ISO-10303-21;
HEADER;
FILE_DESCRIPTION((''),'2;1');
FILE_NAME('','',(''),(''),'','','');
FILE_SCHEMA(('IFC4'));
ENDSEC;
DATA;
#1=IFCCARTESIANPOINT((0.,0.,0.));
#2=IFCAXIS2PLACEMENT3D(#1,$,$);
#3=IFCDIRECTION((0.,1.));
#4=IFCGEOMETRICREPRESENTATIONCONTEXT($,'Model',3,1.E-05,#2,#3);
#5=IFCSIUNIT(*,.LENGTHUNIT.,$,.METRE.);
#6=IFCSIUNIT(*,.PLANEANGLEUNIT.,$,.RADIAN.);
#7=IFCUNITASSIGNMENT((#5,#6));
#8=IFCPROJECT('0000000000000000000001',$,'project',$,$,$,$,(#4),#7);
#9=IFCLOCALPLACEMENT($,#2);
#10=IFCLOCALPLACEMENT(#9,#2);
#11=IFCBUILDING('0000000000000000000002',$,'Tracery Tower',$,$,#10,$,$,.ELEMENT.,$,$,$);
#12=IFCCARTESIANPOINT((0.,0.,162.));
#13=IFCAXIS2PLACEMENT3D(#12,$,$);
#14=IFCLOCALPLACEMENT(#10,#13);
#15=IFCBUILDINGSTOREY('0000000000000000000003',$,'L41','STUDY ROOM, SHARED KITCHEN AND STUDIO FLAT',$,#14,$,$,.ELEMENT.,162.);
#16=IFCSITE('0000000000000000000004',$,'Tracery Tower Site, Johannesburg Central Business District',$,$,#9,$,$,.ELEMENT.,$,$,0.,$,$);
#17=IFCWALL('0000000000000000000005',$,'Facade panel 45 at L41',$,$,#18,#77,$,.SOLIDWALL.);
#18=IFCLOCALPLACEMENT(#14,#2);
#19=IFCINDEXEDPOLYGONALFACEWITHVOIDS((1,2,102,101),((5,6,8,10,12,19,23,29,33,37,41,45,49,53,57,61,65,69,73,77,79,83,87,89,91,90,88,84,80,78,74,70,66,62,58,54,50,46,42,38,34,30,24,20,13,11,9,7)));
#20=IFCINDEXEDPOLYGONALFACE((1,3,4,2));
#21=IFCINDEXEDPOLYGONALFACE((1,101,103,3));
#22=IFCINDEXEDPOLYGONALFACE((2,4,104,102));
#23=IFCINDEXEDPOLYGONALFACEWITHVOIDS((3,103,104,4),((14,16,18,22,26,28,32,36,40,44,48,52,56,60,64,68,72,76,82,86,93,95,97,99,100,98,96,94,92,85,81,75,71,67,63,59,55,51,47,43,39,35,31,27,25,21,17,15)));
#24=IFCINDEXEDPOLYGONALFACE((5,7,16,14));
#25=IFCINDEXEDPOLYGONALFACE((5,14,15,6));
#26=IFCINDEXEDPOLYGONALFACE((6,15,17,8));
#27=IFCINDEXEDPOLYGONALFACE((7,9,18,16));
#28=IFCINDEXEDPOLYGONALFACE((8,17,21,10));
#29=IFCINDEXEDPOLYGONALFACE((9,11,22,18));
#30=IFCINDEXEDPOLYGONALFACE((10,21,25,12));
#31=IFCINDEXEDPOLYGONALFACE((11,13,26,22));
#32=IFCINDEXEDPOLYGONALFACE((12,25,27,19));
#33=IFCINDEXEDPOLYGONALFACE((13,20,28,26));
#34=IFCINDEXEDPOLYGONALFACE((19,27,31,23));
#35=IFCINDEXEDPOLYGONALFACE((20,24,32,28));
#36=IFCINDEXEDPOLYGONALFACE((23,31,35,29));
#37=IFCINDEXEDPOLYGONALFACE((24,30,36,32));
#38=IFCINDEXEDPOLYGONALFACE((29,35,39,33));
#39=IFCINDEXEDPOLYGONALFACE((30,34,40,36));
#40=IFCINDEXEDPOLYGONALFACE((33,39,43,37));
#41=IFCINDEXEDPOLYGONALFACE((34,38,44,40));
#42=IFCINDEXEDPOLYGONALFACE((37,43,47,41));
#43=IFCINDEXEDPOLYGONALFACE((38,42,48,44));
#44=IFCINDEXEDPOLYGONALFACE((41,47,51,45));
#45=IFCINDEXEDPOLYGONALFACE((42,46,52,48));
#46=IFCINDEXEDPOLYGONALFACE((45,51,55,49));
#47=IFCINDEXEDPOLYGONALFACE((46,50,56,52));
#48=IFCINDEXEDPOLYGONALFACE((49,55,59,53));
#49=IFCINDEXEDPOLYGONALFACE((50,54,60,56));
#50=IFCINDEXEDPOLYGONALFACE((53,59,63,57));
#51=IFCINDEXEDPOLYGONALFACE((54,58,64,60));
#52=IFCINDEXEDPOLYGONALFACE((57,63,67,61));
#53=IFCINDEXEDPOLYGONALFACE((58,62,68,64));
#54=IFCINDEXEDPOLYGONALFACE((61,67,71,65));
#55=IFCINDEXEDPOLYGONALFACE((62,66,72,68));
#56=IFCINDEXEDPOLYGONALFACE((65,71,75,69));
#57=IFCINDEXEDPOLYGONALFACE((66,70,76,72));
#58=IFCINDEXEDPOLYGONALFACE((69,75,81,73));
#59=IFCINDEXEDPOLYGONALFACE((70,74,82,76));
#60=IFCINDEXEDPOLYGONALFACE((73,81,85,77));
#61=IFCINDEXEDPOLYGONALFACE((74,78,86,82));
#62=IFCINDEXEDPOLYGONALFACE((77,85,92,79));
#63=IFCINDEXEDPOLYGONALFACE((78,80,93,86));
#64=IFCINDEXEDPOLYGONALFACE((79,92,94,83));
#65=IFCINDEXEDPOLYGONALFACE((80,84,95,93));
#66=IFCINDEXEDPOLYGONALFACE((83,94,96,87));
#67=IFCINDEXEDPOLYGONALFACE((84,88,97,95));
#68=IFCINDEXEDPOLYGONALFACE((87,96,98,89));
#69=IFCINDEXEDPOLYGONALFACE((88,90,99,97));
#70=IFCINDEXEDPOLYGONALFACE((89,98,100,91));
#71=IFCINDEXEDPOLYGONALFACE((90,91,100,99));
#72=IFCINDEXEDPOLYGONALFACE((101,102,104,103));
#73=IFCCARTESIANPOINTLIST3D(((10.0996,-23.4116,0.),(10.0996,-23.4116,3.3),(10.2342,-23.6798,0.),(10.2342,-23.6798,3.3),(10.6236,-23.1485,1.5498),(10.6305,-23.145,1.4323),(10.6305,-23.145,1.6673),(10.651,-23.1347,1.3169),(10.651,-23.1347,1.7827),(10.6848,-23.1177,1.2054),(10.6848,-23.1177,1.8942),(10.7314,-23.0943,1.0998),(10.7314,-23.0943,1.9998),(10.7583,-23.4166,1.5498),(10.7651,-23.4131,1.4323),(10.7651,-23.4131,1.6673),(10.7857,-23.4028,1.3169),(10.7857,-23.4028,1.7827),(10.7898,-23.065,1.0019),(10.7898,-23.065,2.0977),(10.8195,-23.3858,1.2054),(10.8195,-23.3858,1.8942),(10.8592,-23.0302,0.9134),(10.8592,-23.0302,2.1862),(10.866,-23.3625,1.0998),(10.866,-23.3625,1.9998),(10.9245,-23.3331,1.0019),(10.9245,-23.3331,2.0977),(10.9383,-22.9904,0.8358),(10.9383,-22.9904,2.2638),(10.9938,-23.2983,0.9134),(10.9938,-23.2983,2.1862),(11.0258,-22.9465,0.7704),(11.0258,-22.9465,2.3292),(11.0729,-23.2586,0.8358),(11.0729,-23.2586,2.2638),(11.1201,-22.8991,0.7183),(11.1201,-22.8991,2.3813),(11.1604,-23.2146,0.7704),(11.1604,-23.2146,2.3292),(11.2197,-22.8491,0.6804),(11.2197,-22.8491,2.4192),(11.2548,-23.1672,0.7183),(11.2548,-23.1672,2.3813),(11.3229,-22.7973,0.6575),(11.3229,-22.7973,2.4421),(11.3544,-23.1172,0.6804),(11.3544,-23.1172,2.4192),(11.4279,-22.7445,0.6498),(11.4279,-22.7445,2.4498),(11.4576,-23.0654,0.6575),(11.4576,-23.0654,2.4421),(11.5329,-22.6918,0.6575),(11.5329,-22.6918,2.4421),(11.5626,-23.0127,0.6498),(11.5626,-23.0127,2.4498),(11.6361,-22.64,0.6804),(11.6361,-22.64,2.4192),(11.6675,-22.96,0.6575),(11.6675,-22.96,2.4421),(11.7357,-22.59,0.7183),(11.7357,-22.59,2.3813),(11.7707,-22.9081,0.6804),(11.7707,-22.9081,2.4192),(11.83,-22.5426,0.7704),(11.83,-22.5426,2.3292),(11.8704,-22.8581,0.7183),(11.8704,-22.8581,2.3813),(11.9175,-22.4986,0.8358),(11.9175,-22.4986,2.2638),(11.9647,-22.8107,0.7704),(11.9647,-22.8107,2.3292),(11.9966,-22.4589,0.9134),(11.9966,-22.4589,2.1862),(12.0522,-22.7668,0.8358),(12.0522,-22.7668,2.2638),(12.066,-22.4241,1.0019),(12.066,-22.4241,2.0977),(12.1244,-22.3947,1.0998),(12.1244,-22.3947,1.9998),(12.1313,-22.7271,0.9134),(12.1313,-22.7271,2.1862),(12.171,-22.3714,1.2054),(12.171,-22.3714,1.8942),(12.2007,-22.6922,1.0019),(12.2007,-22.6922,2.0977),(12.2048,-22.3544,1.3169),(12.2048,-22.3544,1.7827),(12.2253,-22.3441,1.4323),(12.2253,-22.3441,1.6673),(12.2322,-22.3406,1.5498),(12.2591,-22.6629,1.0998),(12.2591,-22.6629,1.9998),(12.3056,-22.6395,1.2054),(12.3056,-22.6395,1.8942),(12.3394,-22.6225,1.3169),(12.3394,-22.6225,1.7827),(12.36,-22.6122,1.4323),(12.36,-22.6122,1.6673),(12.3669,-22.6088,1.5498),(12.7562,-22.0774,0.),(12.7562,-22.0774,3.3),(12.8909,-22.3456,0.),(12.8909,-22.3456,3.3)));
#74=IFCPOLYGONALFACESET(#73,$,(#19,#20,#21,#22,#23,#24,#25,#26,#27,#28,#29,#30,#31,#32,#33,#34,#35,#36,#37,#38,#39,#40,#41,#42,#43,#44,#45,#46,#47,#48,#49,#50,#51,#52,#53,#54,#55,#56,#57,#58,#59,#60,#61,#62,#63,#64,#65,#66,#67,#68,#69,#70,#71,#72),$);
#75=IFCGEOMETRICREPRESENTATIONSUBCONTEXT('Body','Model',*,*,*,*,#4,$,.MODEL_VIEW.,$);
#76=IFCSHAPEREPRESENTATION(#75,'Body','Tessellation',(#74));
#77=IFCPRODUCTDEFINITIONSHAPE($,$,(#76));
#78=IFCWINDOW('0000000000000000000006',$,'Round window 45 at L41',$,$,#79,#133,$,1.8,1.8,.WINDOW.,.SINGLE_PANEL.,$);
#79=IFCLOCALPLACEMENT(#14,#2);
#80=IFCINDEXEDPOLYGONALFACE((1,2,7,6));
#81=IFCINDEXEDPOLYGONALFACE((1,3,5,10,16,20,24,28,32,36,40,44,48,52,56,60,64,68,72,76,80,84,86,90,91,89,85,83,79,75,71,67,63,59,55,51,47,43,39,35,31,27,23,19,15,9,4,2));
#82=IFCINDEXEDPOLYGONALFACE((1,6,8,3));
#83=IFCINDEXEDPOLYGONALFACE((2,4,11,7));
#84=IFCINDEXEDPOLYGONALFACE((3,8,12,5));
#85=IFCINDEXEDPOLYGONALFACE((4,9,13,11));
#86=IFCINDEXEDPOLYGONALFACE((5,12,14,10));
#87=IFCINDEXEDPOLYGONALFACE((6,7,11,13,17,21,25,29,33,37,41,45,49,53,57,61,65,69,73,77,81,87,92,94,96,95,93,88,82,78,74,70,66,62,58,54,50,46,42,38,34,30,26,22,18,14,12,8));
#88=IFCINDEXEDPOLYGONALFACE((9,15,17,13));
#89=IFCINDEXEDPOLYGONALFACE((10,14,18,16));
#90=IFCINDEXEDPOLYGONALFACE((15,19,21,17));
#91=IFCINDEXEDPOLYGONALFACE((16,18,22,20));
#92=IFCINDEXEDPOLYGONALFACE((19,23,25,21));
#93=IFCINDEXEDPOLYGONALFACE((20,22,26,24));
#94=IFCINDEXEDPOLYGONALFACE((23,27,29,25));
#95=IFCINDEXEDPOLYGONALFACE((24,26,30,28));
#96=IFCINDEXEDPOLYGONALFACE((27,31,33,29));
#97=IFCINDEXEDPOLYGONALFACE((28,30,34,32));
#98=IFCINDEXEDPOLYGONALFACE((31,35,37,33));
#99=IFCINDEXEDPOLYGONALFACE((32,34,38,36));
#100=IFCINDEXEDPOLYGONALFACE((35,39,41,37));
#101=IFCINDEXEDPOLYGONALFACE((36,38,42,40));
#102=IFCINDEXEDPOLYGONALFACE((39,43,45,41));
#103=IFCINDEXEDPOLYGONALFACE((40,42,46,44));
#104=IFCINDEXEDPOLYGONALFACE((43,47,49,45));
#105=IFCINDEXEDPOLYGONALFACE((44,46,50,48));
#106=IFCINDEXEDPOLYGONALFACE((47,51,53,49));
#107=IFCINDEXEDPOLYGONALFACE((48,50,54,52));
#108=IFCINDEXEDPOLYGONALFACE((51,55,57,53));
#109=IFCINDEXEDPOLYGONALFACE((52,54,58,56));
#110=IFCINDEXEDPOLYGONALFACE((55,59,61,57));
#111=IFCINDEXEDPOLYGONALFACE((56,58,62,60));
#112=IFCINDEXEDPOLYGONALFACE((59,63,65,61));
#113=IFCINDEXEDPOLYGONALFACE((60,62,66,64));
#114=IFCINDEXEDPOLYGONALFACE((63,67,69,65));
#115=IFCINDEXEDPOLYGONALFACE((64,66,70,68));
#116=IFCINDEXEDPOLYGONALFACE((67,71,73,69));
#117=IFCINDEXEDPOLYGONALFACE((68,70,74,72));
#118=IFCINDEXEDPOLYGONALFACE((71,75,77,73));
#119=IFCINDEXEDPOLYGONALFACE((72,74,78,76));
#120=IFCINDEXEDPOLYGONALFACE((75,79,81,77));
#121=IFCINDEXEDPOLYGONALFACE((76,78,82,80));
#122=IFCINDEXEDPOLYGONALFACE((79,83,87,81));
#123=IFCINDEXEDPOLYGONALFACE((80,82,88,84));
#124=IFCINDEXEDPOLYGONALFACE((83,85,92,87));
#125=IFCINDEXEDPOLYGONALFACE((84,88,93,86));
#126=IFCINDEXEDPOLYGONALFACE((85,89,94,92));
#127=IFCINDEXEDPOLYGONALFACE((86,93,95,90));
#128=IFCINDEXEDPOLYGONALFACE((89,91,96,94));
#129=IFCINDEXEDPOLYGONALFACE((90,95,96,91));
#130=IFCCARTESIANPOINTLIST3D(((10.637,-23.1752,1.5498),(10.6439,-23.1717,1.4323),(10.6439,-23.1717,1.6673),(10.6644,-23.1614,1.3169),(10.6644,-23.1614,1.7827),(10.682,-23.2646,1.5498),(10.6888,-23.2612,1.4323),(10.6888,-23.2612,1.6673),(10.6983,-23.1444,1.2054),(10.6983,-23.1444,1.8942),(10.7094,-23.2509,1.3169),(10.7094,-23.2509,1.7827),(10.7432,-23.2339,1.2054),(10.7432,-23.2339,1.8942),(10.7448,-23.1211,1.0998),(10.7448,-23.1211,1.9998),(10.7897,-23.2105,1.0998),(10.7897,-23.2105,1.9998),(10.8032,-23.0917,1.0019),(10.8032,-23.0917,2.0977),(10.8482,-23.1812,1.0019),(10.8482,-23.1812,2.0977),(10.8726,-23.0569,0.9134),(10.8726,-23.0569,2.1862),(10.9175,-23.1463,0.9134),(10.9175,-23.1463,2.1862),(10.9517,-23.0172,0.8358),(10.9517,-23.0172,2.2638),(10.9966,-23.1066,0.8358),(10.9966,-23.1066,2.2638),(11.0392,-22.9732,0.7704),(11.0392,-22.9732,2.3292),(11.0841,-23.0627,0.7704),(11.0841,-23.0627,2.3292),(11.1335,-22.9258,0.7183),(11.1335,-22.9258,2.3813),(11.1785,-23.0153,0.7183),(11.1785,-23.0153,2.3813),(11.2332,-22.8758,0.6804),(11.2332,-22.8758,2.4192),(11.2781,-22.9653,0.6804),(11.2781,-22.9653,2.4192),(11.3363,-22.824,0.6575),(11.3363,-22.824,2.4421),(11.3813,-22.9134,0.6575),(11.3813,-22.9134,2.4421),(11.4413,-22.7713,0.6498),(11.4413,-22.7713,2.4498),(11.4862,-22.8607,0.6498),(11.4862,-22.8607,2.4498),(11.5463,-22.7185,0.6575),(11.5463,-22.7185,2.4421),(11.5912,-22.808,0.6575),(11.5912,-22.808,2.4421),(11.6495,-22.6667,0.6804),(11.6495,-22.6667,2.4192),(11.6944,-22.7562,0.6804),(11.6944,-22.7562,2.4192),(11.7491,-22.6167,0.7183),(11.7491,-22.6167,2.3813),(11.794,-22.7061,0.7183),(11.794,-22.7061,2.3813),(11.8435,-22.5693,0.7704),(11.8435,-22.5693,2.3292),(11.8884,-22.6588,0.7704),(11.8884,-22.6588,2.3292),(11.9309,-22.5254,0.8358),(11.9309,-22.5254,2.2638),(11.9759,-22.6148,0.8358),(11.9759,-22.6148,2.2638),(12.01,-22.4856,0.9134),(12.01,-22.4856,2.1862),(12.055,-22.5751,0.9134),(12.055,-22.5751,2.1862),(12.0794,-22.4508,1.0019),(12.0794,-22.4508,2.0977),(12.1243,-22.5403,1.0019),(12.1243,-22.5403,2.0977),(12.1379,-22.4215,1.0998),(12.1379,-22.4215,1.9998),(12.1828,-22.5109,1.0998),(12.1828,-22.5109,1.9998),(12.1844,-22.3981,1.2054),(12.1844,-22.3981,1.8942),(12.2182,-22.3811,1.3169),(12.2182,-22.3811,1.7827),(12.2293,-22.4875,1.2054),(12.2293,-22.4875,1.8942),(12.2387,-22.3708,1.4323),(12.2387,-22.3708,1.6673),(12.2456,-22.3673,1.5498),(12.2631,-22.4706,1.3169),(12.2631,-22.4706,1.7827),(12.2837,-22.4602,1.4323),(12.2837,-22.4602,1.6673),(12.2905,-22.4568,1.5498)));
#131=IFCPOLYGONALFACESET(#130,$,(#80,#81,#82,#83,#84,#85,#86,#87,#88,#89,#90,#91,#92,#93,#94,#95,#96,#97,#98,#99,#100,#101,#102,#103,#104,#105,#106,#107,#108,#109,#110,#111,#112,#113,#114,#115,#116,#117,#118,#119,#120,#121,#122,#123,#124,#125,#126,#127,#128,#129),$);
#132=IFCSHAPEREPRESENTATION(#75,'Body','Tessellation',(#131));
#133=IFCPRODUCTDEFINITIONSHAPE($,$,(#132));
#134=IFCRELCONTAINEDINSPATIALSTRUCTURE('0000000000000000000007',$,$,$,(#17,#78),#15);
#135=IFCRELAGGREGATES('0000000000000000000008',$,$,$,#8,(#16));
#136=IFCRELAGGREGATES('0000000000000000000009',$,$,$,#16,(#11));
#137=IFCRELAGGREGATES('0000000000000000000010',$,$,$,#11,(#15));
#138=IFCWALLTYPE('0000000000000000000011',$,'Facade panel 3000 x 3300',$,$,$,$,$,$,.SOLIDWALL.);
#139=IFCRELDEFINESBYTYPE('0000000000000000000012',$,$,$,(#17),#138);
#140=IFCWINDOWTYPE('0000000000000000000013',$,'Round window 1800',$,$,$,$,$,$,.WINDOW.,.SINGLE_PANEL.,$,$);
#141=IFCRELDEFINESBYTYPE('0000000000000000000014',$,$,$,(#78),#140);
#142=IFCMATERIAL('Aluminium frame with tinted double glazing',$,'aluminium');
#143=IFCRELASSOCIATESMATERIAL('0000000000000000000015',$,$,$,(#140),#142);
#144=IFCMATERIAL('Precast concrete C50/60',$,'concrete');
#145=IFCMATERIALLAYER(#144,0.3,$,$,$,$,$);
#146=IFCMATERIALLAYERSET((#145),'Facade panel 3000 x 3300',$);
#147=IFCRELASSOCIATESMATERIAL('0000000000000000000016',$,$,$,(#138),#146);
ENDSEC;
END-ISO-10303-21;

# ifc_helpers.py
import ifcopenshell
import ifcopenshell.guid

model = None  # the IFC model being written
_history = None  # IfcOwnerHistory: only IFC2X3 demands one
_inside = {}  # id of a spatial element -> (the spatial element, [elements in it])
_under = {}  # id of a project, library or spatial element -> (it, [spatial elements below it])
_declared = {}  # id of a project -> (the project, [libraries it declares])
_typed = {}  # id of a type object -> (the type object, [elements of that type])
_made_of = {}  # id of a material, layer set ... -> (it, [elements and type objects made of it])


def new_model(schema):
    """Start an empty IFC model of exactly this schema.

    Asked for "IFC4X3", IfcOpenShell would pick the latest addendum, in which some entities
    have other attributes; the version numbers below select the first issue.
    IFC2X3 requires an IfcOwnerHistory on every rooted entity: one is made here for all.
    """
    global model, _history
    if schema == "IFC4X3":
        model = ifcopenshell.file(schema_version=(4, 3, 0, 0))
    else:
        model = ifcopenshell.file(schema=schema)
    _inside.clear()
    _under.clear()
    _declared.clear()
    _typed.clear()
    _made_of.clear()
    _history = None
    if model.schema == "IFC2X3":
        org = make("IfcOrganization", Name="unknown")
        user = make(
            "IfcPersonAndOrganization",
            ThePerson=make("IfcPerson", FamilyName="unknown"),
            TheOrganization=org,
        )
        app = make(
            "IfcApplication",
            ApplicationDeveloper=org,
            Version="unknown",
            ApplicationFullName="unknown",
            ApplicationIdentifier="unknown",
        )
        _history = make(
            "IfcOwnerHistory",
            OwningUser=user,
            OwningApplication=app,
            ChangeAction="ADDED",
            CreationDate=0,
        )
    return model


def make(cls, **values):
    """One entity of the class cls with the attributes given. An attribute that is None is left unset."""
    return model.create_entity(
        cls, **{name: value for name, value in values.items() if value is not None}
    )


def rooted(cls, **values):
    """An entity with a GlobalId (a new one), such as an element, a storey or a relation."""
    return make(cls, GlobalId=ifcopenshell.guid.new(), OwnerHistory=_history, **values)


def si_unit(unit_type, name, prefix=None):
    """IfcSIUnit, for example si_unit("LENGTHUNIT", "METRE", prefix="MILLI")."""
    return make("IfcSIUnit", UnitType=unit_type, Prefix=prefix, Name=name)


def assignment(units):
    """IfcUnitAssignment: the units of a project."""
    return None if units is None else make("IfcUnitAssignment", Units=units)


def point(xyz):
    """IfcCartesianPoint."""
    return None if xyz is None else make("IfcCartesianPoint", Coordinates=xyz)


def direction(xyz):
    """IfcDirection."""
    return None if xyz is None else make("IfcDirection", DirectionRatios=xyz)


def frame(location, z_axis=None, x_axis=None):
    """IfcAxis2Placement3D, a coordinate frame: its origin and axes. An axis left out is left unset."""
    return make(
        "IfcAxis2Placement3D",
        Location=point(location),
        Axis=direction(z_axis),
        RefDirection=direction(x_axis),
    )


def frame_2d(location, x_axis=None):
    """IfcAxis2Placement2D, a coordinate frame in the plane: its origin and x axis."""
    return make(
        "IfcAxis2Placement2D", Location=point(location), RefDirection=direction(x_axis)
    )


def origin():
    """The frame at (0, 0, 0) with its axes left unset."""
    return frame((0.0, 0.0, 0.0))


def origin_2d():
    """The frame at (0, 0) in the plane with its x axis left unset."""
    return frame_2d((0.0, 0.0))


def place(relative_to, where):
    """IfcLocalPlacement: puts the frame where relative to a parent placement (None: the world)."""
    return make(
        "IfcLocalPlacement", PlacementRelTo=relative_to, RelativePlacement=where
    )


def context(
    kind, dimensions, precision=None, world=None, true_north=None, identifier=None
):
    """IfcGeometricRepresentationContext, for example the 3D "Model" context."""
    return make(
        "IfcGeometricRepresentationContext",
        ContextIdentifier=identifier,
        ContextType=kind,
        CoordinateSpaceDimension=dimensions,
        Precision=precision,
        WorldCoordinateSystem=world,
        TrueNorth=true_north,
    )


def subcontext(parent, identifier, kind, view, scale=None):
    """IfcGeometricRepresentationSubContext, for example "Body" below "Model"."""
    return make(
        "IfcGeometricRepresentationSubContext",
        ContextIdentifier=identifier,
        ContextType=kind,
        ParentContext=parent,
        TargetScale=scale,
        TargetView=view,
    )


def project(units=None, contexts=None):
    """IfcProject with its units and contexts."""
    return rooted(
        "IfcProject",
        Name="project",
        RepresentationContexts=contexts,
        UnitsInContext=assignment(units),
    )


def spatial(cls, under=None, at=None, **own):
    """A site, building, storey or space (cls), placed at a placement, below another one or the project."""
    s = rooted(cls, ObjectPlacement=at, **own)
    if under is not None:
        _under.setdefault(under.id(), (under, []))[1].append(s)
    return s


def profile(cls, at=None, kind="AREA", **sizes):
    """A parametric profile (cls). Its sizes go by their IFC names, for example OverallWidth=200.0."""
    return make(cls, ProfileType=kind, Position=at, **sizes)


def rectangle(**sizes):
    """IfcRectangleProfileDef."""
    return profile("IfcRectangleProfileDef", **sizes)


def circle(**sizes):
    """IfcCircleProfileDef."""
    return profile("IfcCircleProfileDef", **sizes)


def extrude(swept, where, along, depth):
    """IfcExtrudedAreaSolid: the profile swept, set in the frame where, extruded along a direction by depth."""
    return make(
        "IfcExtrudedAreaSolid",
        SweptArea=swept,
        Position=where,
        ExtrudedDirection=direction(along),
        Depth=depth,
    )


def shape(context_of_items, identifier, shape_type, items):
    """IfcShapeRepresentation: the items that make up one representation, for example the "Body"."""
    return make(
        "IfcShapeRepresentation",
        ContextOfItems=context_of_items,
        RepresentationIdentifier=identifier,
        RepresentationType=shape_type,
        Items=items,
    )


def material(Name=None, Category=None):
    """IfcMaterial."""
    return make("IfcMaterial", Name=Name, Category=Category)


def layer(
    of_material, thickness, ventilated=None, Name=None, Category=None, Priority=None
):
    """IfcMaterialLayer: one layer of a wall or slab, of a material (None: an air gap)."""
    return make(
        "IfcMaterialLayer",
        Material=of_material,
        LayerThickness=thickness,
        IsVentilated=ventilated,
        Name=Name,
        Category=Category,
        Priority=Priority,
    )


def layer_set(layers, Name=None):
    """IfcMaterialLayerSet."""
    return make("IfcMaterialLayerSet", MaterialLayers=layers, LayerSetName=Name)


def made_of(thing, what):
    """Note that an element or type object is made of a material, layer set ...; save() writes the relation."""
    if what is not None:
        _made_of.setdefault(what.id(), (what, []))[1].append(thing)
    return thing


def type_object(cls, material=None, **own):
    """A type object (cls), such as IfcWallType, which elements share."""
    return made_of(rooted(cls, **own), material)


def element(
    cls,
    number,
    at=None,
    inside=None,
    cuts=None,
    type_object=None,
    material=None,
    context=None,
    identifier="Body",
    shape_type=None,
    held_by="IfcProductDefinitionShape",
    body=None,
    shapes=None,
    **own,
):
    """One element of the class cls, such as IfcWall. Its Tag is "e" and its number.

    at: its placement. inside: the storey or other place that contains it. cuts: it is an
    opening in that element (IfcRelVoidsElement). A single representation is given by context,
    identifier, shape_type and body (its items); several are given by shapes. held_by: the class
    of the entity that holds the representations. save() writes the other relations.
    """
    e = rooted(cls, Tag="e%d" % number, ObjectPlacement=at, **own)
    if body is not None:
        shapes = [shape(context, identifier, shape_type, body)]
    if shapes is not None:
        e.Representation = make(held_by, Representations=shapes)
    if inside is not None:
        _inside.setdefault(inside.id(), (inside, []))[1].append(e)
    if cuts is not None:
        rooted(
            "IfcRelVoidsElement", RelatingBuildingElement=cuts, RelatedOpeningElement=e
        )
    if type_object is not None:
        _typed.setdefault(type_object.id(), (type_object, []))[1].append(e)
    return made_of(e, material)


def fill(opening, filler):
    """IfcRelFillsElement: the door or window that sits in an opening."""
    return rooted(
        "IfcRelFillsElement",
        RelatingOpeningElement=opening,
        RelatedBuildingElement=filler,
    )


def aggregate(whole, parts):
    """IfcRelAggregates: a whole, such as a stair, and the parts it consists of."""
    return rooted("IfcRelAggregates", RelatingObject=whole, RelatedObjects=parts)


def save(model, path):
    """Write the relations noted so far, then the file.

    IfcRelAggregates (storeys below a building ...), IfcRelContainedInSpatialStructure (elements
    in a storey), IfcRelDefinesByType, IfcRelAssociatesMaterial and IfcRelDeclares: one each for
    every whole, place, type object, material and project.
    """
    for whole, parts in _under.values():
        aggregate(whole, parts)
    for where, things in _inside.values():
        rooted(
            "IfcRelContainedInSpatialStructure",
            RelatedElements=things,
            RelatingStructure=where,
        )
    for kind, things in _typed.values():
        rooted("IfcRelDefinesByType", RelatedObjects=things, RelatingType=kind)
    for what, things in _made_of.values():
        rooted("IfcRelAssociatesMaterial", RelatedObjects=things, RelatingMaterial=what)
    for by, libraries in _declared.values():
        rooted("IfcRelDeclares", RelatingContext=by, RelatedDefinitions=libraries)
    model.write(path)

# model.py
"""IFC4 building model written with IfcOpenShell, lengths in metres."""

from ifc_helpers import new_model, si_unit, direction, frame, frame_2d, origin, origin_2d, place, context, subcontext, project, spatial, rectangle, circle, extrude, material, layer, layer_set, type_object, element, fill, save


model = new_model("IFC4")

# Units and contexts
model_context = context("Model", 3, precision=1e-05, world=origin(), true_north=direction((0.0, 1.0)))
body_context = subcontext(model_context, "Body", "Model", "MODEL_VIEW")
ifc_project = project(units=[si_unit("LENGTHUNIT", "METRE"), si_unit("PLANEANGLEUNIT", "RADIAN")], contexts=[model_context])

# Site, building, storey
site_placement = place(None, origin())
site = spatial("IfcSite", under=ifc_project, at=site_placement, Name="Tracery Tower Site, Johannesburg Central Business District", CompositionType="ELEMENT", RefElevation=0.0)
building_placement = place(site_placement, origin())
building = spatial("IfcBuilding", under=site, at=building_placement, Name="Tracery Tower", CompositionType="ELEMENT")
storey_placement = place(building_placement, frame((0.0, 0.0, 162.0)))
storey = spatial("IfcBuildingStorey", under=building, at=storey_placement, Name="L41", Description="STUDY ROOM, SHARED KITCHEN AND STUDIO FLAT", CompositionType="ELEMENT", Elevation=162.0)

# Wall, opening, window
ifc_material_1 = material(Name="Aluminium frame with tinted double glazing", Category="aluminium")
window_type = type_object("IfcWindowType", Name="Round window 1800", PartitioningType="SINGLE_PANEL", PredefinedType="WINDOW", material=ifc_material_1)
ifc_material_2 = material(Name="Precast concrete C50/60", Category="concrete")
ifc_layer_1 = layer(ifc_material_2, 0.3)
ifc_layer_set_1 = layer_set([ifc_layer_1], Name="Facade panel 3000 x 3300")
wall_type_1 = type_object("IfcWallType", Name="Facade panel 3000 x 3300", PredefinedType="SOLIDWALL", material=ifc_layer_set_1)
wall_1_placement = place(storey_placement, frame((10.167, -23.5457, 0.0), z_axis=(0.0, 0.0, 1.0), x_axis=(0.893637, 0.44879, 0.0)))
wall_1 = element("IfcWall", 1, at=wall_1_placement, inside=storey, type_object=wall_type_1, Name="Facade panel 45 at L41", PredefinedType="SOLIDWALL", context=body_context, shape_type="SweptSolid", body=[
    extrude(rectangle(XDim=2.9729, YDim=0.3, at=frame_2d((1.4863, 0.0))), origin(), (0.0, 0.0, 1.0), 3.3),
])
opening_1_placement = place(wall_1_placement, frame((1.4863, 0.0, 1.5498)))
opening_1 = element("IfcOpeningElement", 2, at=opening_1_placement, cuts=wall_1, PredefinedType="OPENING", context=body_context, shape_type="SweptSolid", body=[
    extrude(circle(Radius=0.9, at=origin_2d()), frame((0.0, 0.1599, 0.0), z_axis=(0.0, -1.0, 0.0), x_axis=(1.0, 0.0, 0.0)), (0.0, 0.0, 1.0), 0.3201),
])
window_1_placement = place(opening_1_placement, origin())
window_1 = element("IfcWindow", 3, at=window_1_placement, inside=storey, type_object=window_type, Name="Round window 45 at L41", OverallHeight=1.8, OverallWidth=1.8, PartitioningType="SINGLE_PANEL", PredefinedType="WINDOW", context=body_context, shape_type="SweptSolid", body=[
    extrude(circle(Radius=0.9, at=origin_2d()), frame((0.0, 0.1201, 0.0), z_axis=(0.0, -1.0, 0.0), x_axis=(1.0, 0.0, 0.0)), (0.0, 0.0, 1.0), 0.1001),
])
fill(opening_1, window_1)

save(model, "model.ifc")
